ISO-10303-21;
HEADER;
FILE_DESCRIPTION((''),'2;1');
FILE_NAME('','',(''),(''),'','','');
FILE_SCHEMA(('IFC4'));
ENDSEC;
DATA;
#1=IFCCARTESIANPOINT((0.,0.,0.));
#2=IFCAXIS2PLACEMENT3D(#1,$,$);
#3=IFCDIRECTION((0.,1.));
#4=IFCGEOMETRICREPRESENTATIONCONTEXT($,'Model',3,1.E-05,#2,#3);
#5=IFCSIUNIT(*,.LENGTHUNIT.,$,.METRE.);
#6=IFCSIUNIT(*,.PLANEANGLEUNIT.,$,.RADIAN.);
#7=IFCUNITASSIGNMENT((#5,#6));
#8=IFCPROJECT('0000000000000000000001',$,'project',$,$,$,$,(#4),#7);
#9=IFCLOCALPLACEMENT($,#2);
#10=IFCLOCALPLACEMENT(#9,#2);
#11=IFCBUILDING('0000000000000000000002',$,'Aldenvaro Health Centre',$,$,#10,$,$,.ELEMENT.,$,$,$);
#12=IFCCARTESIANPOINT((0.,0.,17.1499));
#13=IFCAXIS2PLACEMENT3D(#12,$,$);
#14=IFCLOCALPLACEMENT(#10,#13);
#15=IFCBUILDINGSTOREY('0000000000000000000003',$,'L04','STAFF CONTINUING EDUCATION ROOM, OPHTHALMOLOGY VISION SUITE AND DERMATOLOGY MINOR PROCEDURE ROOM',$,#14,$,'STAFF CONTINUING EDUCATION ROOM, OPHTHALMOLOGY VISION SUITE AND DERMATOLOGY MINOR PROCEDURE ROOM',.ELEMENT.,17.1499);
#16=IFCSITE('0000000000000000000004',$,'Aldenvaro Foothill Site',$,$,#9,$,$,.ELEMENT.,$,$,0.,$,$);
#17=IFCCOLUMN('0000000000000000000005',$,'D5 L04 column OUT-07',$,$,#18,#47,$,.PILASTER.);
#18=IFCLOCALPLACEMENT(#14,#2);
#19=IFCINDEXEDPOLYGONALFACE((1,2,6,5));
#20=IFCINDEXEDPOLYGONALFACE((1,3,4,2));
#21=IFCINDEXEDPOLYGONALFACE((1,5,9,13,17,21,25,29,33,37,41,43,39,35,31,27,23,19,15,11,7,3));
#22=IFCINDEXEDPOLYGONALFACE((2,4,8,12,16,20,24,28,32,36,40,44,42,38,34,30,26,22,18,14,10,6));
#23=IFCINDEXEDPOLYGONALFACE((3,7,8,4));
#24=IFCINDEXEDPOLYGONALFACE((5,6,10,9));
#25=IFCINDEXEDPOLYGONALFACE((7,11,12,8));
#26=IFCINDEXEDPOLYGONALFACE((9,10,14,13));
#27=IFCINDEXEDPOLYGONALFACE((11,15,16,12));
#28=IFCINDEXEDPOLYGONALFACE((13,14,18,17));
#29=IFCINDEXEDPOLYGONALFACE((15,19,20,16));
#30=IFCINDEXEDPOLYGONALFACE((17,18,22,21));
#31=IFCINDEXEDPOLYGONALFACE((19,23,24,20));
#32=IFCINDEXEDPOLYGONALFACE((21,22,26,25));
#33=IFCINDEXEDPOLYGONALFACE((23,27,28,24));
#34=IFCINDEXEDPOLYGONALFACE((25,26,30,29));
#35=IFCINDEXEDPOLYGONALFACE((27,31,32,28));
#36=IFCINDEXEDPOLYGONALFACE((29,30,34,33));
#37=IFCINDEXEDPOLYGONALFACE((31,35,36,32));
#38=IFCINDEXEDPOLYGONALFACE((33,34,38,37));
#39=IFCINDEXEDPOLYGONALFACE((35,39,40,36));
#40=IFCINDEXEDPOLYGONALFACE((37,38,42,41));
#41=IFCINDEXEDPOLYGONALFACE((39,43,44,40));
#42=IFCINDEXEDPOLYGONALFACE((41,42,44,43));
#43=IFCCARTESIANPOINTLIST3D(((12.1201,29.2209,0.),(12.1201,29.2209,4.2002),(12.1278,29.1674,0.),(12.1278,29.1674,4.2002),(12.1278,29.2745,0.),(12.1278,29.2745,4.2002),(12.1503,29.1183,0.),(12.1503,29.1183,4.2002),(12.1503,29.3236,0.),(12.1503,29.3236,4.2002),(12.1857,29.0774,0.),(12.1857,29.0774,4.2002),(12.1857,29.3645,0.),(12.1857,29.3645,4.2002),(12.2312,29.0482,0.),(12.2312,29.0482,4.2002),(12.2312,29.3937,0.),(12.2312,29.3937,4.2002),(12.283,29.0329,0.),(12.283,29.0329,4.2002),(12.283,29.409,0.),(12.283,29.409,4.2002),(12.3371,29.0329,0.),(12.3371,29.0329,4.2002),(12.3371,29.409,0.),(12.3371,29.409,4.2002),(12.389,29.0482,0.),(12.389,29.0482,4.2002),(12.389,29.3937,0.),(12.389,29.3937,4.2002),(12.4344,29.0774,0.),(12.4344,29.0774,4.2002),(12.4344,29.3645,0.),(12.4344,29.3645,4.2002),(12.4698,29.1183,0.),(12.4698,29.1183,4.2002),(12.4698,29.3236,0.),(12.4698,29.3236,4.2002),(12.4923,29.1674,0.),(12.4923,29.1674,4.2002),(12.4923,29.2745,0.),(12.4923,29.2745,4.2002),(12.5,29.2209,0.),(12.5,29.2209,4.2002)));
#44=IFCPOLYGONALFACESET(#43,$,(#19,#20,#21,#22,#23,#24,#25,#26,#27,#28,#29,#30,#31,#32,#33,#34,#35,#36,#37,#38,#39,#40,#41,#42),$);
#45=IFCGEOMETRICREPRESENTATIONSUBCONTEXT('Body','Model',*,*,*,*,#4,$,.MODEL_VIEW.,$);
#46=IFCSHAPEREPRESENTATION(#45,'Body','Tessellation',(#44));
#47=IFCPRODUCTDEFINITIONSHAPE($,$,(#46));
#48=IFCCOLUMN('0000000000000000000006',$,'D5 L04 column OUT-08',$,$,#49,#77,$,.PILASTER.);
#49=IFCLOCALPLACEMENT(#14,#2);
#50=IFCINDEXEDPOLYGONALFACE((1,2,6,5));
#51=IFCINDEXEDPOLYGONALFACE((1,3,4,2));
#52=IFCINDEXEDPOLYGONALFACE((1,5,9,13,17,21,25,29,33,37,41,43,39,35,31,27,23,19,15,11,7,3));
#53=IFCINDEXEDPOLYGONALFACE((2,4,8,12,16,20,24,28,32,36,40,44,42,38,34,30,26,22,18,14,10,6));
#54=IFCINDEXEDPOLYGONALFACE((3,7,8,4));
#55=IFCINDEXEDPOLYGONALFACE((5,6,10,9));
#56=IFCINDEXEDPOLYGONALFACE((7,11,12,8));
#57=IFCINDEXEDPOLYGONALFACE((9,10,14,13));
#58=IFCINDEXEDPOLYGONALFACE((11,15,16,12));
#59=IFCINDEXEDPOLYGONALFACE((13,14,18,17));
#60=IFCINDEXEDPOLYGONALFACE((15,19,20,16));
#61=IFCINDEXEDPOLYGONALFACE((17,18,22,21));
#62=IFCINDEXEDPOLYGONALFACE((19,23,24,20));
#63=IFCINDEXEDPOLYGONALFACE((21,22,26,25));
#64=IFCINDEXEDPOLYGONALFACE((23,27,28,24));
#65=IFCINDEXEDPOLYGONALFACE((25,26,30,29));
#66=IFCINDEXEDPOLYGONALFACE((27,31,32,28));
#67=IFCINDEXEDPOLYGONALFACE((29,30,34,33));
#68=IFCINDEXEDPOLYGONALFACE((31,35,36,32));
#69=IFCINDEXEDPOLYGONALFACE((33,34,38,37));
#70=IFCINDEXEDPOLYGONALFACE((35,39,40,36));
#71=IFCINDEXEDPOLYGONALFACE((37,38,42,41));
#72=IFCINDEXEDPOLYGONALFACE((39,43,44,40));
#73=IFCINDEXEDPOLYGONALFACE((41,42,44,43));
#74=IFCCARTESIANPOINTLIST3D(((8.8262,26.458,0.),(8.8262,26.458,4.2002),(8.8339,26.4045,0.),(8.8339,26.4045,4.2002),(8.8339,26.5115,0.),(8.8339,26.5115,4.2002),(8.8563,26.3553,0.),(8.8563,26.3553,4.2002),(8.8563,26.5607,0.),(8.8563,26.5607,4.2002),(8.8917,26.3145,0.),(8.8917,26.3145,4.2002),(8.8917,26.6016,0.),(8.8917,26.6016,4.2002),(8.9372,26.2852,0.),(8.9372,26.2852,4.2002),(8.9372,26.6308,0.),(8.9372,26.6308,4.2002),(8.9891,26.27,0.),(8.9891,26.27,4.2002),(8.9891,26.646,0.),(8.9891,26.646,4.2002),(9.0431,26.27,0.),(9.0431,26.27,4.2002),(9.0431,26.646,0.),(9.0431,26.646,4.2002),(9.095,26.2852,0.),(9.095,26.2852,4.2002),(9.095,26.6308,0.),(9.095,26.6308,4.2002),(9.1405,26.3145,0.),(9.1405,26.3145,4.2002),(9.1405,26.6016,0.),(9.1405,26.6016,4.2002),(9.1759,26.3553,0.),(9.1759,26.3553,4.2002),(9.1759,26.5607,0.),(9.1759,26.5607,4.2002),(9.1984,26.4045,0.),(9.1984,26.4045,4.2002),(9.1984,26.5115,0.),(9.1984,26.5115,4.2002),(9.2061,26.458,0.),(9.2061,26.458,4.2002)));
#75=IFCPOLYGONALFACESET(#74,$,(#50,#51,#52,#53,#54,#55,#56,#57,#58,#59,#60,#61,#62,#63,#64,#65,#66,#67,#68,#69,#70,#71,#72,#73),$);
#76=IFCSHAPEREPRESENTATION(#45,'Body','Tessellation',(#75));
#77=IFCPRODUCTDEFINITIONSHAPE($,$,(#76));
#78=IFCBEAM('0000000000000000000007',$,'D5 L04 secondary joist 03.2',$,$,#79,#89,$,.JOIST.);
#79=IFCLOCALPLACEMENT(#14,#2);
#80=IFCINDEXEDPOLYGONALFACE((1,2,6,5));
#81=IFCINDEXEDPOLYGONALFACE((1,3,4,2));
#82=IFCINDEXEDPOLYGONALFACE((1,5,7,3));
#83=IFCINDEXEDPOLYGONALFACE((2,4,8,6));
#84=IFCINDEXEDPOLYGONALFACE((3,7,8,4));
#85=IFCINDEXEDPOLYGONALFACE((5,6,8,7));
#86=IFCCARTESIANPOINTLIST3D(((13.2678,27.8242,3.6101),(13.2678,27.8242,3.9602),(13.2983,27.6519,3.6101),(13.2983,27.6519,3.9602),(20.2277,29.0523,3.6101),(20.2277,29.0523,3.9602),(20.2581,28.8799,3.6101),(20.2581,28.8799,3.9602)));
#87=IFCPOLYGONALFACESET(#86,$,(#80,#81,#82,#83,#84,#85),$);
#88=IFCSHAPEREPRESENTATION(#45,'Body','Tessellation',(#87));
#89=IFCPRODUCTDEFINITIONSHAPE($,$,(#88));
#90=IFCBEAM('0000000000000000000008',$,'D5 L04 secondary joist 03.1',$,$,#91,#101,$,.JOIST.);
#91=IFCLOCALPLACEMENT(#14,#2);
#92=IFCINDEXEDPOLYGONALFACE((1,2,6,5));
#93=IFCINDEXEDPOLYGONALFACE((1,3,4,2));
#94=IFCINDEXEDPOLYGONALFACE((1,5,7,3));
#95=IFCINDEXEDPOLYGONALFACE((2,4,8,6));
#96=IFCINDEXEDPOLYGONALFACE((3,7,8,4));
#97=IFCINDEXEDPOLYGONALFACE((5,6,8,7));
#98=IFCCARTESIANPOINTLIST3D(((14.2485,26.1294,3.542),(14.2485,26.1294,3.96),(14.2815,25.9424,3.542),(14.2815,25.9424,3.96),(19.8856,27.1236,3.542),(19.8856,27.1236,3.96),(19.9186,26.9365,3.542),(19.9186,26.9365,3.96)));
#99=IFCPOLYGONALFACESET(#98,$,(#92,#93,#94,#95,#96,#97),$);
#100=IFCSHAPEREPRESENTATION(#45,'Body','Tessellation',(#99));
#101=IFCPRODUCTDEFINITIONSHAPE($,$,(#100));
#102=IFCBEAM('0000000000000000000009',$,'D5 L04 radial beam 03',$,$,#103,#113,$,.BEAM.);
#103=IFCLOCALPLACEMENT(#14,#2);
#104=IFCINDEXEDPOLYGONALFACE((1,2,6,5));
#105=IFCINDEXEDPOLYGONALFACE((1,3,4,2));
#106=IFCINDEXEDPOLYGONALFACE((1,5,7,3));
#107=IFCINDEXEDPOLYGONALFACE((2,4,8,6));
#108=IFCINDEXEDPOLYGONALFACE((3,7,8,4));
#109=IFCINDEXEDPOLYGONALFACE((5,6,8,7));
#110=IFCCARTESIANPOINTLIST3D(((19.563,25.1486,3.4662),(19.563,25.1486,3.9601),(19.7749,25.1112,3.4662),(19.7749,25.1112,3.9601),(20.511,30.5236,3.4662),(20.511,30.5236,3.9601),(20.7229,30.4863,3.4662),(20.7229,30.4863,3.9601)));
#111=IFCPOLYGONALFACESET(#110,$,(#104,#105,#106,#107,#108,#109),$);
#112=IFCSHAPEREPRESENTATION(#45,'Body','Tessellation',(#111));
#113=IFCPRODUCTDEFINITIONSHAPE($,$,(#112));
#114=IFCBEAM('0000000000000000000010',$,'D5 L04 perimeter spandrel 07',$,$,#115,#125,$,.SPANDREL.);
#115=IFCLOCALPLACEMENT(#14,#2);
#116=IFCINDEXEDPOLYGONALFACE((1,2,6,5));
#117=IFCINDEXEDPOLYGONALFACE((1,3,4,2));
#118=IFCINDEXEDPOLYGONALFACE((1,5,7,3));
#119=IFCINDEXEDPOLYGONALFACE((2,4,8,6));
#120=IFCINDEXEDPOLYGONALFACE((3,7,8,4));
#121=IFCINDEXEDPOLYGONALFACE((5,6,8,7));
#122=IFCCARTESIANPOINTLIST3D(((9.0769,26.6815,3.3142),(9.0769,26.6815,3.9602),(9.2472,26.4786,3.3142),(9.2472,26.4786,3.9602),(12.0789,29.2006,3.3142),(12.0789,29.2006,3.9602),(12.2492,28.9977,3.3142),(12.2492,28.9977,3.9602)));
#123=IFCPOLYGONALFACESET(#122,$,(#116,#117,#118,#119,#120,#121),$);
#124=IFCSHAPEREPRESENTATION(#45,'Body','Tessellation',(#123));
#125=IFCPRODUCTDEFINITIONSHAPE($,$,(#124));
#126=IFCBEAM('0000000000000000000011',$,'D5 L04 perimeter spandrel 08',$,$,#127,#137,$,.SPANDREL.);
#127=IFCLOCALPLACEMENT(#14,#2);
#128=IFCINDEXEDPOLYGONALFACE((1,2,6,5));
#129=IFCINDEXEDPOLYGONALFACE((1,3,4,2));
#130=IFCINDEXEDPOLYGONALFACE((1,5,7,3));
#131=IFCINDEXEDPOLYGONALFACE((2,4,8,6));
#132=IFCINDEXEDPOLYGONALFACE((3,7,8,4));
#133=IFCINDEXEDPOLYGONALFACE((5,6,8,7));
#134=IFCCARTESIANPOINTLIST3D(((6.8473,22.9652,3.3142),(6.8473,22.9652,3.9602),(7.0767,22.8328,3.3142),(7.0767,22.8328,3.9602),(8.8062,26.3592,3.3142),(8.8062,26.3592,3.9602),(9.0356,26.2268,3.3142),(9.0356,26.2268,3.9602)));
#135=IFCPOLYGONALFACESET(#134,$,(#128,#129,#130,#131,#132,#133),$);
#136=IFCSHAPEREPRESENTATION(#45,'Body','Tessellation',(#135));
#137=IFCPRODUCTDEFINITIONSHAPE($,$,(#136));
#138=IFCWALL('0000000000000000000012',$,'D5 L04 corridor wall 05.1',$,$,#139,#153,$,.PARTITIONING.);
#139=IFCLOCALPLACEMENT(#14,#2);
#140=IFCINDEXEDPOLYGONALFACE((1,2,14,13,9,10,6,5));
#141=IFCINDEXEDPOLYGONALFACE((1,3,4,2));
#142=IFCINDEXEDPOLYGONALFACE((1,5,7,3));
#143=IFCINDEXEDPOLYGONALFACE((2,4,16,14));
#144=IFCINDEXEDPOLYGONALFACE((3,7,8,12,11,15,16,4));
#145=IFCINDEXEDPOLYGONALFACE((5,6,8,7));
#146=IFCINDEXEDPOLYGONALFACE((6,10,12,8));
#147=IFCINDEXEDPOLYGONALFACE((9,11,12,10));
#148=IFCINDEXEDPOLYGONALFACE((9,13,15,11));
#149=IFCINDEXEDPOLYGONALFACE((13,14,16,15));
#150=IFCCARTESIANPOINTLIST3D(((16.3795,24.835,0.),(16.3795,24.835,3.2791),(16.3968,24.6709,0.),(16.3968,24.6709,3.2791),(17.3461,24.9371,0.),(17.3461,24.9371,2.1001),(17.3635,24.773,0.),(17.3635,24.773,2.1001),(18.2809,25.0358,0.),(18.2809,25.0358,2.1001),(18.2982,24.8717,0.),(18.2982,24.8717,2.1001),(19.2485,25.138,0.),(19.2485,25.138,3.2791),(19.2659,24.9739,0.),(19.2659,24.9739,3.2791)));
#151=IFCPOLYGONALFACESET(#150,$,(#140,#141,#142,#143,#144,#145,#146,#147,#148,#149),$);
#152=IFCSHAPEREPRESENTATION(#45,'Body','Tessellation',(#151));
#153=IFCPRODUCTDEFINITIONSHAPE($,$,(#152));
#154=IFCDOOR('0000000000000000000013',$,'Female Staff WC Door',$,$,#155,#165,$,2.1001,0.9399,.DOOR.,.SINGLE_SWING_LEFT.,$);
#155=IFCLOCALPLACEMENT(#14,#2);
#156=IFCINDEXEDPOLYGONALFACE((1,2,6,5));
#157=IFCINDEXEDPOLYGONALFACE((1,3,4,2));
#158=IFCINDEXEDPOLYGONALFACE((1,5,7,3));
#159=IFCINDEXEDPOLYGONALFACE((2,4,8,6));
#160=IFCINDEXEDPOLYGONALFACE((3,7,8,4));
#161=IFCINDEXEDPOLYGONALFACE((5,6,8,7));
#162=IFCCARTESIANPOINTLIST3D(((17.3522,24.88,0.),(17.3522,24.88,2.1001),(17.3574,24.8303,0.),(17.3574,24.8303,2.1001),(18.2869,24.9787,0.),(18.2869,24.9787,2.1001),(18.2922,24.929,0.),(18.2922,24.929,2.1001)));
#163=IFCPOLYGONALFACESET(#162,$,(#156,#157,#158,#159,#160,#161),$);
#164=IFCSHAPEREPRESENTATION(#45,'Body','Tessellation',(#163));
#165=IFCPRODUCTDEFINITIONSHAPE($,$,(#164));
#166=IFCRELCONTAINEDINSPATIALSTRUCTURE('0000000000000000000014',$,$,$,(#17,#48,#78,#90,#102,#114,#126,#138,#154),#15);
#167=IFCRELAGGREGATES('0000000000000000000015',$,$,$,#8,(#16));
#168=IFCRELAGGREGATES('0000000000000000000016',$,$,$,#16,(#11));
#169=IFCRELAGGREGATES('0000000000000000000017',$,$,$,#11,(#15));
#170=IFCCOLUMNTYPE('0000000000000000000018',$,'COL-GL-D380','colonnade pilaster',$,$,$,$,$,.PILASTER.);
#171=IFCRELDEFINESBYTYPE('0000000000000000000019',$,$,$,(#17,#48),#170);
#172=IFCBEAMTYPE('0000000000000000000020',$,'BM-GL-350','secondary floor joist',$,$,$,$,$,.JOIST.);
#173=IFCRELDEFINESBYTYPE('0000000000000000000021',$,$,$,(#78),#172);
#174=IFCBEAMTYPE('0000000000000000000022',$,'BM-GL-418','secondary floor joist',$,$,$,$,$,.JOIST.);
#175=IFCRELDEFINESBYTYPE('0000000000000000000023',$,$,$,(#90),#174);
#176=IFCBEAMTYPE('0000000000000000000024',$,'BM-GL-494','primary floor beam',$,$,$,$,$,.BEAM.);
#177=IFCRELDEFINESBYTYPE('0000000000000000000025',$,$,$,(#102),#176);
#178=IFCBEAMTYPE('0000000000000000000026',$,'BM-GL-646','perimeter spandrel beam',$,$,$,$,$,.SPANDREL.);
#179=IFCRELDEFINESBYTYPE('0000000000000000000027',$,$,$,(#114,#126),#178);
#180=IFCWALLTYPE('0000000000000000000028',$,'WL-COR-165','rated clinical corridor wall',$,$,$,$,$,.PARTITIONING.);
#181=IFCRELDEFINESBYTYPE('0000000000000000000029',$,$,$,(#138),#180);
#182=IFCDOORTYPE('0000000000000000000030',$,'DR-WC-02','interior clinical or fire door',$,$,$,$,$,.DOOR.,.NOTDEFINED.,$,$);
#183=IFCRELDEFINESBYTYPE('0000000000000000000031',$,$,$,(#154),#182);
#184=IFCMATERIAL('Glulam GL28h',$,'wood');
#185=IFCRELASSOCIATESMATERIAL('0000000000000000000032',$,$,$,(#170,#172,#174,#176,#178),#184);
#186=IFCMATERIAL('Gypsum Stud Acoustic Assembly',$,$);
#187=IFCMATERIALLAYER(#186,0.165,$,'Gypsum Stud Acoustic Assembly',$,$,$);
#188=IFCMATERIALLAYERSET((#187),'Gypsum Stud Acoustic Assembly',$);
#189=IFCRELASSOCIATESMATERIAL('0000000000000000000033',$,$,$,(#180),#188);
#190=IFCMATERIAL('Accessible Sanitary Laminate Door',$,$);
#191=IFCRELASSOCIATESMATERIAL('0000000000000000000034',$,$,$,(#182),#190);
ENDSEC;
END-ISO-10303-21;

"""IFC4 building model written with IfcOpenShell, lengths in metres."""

from ifc_helpers import new_model, si_unit, direction, frame, frame_2d, origin, origin_2d, place, context, subcontext, project, spatial, rectangle, circle, extrude, material, layer, layer_set, material_profile, profile_set, type_object, element, fill, save


model = new_model("IFC4")

# Units and contexts
model_context = context("Model", 3, precision=1e-05, world=origin(), true_north=direction((0.0, 1.0)))
body_context = subcontext(model_context, "Body", "Model", "MODEL_VIEW")
ifc_project = project(units=[si_unit("LENGTHUNIT", "METRE"), si_unit("PLANEANGLEUNIT", "RADIAN")], contexts=[model_context])

# Site, building, storey
site_placement = place(None, origin())
site = spatial("IfcSite", under=ifc_project, at=site_placement, Name="Aldenvaro Foothill Site", CompositionType="ELEMENT", RefElevation=0.0)
building_placement = place(site_placement, origin())
building = spatial("IfcBuilding", under=site, at=building_placement, Name="Aldenvaro Health Centre", CompositionType="ELEMENT")
storey_placement = place(building_placement, frame((0.0, 0.0, 17.1499)))
storey = spatial("IfcBuildingStorey", under=building, at=storey_placement, Name="L04", Description="STAFF CONTINUING EDUCATION ROOM, OPHTHALMOLOGY VISION SUITE AND DERMATOLOGY MINOR PROCEDURE ROOM", LongName="STAFF CONTINUING EDUCATION ROOM, OPHTHALMOLOGY VISION SUITE AND DERMATOLOGY MINOR PROCEDURE ROOM", CompositionType="ELEMENT", Elevation=17.1499)

# Columns
ifc_material_1 = material(Name="Glulam GL28h", Category="wood")
ifc_material_profile_1 = material_profile(ifc_material_1, circle(Radius=0.1899, at=origin_2d()), Name="GL D380", Category="wood")
ifc_profile_set_1 = profile_set([ifc_material_profile_1], Name="Glulam GL28h")
column_type = type_object("IfcColumnType", Name="COL-GL-D380", Description="colonnade pilaster", PredefinedType="PILASTER", material=ifc_profile_set_1)
for number, where, z_axis, x_axis, name in (
    (1, (12.3101, 29.2209, 0.0), (0.0, 0.0, 1.0), (1.0, 0.0, 0.0), "D5 L04 column OUT-07"),
    (2, (9.0161, 26.458, 0.0), (0.0, 0.0, 1.0), (1.0, 0.0, 0.0), "D5 L04 column OUT-08"),
):
    element("IfcColumn", number, at=place(storey_placement, frame(where, z_axis=z_axis, x_axis=x_axis)), inside=storey, type_object=column_type, Name=name, PredefinedType="PILASTER", context=body_context, shape_type="SweptSolid", body=[
        extrude(circle(Radius=0.1899, at=origin_2d()), origin(), (0.0, 0.0, 1.0), 4.2002),
    ])

# Beams
ifc_material_profile_2 = material_profile(ifc_material_1, rectangle(XDim=0.175, YDim=0.3501, at=origin_2d()), Name="GL 175x350", Category="wood")
ifc_profile_set_2 = profile_set([ifc_material_profile_2], Name="Glulam GL28h")
beam_type_1 = type_object("IfcBeamType", Name="BM-GL-350", Description="secondary floor joist", PredefinedType="JOIST", material=ifc_profile_set_2)
beam_1_placement = place(storey_placement, frame((20.2429, 28.9661, 3.7852), z_axis=(-0.984788, -0.173758, 0.0), x_axis=(0.173758, -0.984788, 0.0)))
element("IfcBeam", 3, at=beam_1_placement, inside=storey, type_object=beam_type_1, Name="D5 L04 secondary joist 03.2", PredefinedType="JOIST", context=body_context, shape_type="SweptSolid", body=[
    extrude(rectangle(XDim=0.175, YDim=0.3501, at=origin_2d()), origin(), (0.0, 0.0, 1.0), 7.0674),
])
ifc_material_profile_3 = material_profile(ifc_material_1, rectangle(XDim=0.1899, YDim=0.418, at=origin_2d()), Name="GL 190x418", Category="wood")
ifc_profile_set_3 = profile_set([ifc_material_profile_3], Name="Glulam GL28h")
beam_type_2 = type_object("IfcBeamType", Name="BM-GL-418", Description="secondary floor joist", PredefinedType="JOIST", material=ifc_profile_set_3)
beam_2_placement = place(storey_placement, frame((19.9021, 27.03, 3.751), z_axis=(-0.984803, -0.173673, 0.0), x_axis=(0.173673, -0.984803, 0.0)))
element("IfcBeam", 4, at=beam_2_placement, inside=storey, type_object=beam_type_2, Name="D5 L04 secondary joist 03.1", PredefinedType="JOIST", context=body_context, shape_type="SweptSolid", body=[
    extrude(rectangle(XDim=0.1899, YDim=0.418, at=origin_2d()), origin(), (0.0, 0.0, 1.0), 5.7241),
])
ifc_material_profile_4 = material_profile(ifc_material_1, rectangle(XDim=0.2151, YDim=0.4939, at=origin_2d()), Name="GL 215x494", Category="wood")
ifc_profile_set_4 = profile_set([ifc_material_profile_4], Name="Glulam GL28h")
beam_type_3 = type_object("IfcBeamType", Name="BM-GL-494", Description="primary floor beam", PredefinedType="BEAM", material=ifc_profile_set_4)
beam_3_placement = place(storey_placement, frame((19.6689, 25.1299, 3.7131), z_axis=(0.173691, 0.9848, 0.0), x_axis=(-0.9848, 0.173691, 0.0)))
element("IfcBeam", 5, at=beam_3_placement, inside=storey, type_object=beam_type_3, Name="D5 L04 radial beam 03", PredefinedType="BEAM", context=body_context, shape_type="SweptSolid", body=[
    extrude(rectangle(XDim=0.2151, YDim=0.4939, at=origin_2d()), origin(), (0.0, 0.0, 1.0), 5.458),
])
ifc_material_profile_5 = material_profile(ifc_material_1, rectangle(XDim=0.2649, YDim=0.646, at=origin_2d()), Name="GL 265x646", Category="wood")
ifc_profile_set_5 = profile_set([ifc_material_profile_5], Name="Glulam GL28h")
beam_type_4 = type_object("IfcBeamType", Name="BM-GL-646", Description="perimeter spandrel beam", PredefinedType="SPANDREL", material=ifc_profile_set_5)
beam_4_placement = place(storey_placement, frame((12.1641, 29.0991, 3.6372), z_axis=(-0.766031, -0.642803, 0.0), x_axis=(0.642803, -0.766031, 0.0)))
element("IfcBeam", 6, at=beam_4_placement, inside=storey, type_object=beam_type_4, Name="D5 L04 perimeter spandrel 07", PredefinedType="SPANDREL", context=body_context, shape_type="SweptSolid", body=[
    extrude(rectangle(XDim=0.2649, YDim=0.646, at=origin_2d()), origin(), (0.0, 0.0, 1.0), 3.9189),
])
beam_5_placement = place(storey_placement, frame((8.9209, 26.293, 3.6372), z_axis=(-0.499891, -0.866088, 0.0), x_axis=(0.866088, -0.499891, 0.0)))
element("IfcBeam", 7, at=beam_5_placement, inside=storey, type_object=beam_type_4, Name="D5 L04 perimeter spandrel 08", PredefinedType="SPANDREL", context=body_context, shape_type="SweptSolid", body=[
    extrude(rectangle(XDim=0.2649, YDim=0.646, at=origin_2d()), origin(), (0.0, 0.0, 1.0), 3.9187),
])

# Wall, opening, door
ifc_material_2 = material(Name="Gypsum Stud Acoustic Assembly")
ifc_layer_1 = layer(ifc_material_2, 0.165, Name="Gypsum Stud Acoustic Assembly")
ifc_layer_set_1 = layer_set([ifc_layer_1], Name="Gypsum Stud Acoustic Assembly")
wall_type_1 = type_object("IfcWallType", Name="WL-COR-165", Description="rated clinical corridor wall", PredefinedType="PARTITIONING", material=ifc_layer_set_1)
wall_1_placement = place(storey_placement, frame((19.2571, 25.0559, 0.0), z_axis=(0.0, 0.0, 1.0), x_axis=(-0.994471, -0.105015, 0.0)))
wall_1 = element("IfcWall", 8, at=wall_1_placement, inside=storey, type_object=wall_type_1, Name="D5 L04 corridor wall 05.1", PredefinedType="PARTITIONING", context=body_context, shape_type="SweptSolid", body=[
    extrude(rectangle(XDim=2.885, YDim=0.165, at=frame_2d((1.4424, 0.0))), origin(), (0.0, 0.0, 1.0), 3.2791),
])
opening_1_placement = place(wall_1_placement, frame((0.9729, 0.0, 0.0)))
opening_1 = element("IfcOpeningElement", 9, at=opening_1_placement, cuts=wall_1, PredefinedType="OPENING", context=body_context, shape_type="SweptSolid", body=[
    extrude(rectangle(XDim=0.9399, YDim=2.1001, at=frame_2d((0.47, 1.05))), frame((0.0, 0.0925, 0.0), z_axis=(0.0, -1.0, 0.0), x_axis=(1.0, 0.0, 0.0)), (0.0, 0.0, 1.0), 0.1851),
])
ifc_material_3 = material(Name="Accessible Sanitary Laminate Door")
door_type = type_object("IfcDoorType", Name="DR-WC-02", Description="interior clinical or fire door", OperationType="NOTDEFINED", PredefinedType="DOOR", material=ifc_material_3)
door_placement = place(opening_1_placement, origin())
door = element("IfcDoor", 10, at=door_placement, inside=storey, type_object=door_type, Name="Female Staff WC Door", OperationType="SINGLE_SWING_LEFT", OverallHeight=2.1001, OverallWidth=0.9399, PredefinedType="DOOR", context=body_context, shape_type="SweptSolid", body=[
    extrude(rectangle(XDim=0.9399, YDim=2.1001, at=frame_2d((0.47, 1.05))), frame((0.0, 0.0249, 0.0), z_axis=(0.0, -1.0, 0.0), x_axis=(1.0, 0.0, 0.0)), (0.0, 0.0, 1.0), 0.05),
])
fill(opening_1, door)

save(model, "model.ifc")
